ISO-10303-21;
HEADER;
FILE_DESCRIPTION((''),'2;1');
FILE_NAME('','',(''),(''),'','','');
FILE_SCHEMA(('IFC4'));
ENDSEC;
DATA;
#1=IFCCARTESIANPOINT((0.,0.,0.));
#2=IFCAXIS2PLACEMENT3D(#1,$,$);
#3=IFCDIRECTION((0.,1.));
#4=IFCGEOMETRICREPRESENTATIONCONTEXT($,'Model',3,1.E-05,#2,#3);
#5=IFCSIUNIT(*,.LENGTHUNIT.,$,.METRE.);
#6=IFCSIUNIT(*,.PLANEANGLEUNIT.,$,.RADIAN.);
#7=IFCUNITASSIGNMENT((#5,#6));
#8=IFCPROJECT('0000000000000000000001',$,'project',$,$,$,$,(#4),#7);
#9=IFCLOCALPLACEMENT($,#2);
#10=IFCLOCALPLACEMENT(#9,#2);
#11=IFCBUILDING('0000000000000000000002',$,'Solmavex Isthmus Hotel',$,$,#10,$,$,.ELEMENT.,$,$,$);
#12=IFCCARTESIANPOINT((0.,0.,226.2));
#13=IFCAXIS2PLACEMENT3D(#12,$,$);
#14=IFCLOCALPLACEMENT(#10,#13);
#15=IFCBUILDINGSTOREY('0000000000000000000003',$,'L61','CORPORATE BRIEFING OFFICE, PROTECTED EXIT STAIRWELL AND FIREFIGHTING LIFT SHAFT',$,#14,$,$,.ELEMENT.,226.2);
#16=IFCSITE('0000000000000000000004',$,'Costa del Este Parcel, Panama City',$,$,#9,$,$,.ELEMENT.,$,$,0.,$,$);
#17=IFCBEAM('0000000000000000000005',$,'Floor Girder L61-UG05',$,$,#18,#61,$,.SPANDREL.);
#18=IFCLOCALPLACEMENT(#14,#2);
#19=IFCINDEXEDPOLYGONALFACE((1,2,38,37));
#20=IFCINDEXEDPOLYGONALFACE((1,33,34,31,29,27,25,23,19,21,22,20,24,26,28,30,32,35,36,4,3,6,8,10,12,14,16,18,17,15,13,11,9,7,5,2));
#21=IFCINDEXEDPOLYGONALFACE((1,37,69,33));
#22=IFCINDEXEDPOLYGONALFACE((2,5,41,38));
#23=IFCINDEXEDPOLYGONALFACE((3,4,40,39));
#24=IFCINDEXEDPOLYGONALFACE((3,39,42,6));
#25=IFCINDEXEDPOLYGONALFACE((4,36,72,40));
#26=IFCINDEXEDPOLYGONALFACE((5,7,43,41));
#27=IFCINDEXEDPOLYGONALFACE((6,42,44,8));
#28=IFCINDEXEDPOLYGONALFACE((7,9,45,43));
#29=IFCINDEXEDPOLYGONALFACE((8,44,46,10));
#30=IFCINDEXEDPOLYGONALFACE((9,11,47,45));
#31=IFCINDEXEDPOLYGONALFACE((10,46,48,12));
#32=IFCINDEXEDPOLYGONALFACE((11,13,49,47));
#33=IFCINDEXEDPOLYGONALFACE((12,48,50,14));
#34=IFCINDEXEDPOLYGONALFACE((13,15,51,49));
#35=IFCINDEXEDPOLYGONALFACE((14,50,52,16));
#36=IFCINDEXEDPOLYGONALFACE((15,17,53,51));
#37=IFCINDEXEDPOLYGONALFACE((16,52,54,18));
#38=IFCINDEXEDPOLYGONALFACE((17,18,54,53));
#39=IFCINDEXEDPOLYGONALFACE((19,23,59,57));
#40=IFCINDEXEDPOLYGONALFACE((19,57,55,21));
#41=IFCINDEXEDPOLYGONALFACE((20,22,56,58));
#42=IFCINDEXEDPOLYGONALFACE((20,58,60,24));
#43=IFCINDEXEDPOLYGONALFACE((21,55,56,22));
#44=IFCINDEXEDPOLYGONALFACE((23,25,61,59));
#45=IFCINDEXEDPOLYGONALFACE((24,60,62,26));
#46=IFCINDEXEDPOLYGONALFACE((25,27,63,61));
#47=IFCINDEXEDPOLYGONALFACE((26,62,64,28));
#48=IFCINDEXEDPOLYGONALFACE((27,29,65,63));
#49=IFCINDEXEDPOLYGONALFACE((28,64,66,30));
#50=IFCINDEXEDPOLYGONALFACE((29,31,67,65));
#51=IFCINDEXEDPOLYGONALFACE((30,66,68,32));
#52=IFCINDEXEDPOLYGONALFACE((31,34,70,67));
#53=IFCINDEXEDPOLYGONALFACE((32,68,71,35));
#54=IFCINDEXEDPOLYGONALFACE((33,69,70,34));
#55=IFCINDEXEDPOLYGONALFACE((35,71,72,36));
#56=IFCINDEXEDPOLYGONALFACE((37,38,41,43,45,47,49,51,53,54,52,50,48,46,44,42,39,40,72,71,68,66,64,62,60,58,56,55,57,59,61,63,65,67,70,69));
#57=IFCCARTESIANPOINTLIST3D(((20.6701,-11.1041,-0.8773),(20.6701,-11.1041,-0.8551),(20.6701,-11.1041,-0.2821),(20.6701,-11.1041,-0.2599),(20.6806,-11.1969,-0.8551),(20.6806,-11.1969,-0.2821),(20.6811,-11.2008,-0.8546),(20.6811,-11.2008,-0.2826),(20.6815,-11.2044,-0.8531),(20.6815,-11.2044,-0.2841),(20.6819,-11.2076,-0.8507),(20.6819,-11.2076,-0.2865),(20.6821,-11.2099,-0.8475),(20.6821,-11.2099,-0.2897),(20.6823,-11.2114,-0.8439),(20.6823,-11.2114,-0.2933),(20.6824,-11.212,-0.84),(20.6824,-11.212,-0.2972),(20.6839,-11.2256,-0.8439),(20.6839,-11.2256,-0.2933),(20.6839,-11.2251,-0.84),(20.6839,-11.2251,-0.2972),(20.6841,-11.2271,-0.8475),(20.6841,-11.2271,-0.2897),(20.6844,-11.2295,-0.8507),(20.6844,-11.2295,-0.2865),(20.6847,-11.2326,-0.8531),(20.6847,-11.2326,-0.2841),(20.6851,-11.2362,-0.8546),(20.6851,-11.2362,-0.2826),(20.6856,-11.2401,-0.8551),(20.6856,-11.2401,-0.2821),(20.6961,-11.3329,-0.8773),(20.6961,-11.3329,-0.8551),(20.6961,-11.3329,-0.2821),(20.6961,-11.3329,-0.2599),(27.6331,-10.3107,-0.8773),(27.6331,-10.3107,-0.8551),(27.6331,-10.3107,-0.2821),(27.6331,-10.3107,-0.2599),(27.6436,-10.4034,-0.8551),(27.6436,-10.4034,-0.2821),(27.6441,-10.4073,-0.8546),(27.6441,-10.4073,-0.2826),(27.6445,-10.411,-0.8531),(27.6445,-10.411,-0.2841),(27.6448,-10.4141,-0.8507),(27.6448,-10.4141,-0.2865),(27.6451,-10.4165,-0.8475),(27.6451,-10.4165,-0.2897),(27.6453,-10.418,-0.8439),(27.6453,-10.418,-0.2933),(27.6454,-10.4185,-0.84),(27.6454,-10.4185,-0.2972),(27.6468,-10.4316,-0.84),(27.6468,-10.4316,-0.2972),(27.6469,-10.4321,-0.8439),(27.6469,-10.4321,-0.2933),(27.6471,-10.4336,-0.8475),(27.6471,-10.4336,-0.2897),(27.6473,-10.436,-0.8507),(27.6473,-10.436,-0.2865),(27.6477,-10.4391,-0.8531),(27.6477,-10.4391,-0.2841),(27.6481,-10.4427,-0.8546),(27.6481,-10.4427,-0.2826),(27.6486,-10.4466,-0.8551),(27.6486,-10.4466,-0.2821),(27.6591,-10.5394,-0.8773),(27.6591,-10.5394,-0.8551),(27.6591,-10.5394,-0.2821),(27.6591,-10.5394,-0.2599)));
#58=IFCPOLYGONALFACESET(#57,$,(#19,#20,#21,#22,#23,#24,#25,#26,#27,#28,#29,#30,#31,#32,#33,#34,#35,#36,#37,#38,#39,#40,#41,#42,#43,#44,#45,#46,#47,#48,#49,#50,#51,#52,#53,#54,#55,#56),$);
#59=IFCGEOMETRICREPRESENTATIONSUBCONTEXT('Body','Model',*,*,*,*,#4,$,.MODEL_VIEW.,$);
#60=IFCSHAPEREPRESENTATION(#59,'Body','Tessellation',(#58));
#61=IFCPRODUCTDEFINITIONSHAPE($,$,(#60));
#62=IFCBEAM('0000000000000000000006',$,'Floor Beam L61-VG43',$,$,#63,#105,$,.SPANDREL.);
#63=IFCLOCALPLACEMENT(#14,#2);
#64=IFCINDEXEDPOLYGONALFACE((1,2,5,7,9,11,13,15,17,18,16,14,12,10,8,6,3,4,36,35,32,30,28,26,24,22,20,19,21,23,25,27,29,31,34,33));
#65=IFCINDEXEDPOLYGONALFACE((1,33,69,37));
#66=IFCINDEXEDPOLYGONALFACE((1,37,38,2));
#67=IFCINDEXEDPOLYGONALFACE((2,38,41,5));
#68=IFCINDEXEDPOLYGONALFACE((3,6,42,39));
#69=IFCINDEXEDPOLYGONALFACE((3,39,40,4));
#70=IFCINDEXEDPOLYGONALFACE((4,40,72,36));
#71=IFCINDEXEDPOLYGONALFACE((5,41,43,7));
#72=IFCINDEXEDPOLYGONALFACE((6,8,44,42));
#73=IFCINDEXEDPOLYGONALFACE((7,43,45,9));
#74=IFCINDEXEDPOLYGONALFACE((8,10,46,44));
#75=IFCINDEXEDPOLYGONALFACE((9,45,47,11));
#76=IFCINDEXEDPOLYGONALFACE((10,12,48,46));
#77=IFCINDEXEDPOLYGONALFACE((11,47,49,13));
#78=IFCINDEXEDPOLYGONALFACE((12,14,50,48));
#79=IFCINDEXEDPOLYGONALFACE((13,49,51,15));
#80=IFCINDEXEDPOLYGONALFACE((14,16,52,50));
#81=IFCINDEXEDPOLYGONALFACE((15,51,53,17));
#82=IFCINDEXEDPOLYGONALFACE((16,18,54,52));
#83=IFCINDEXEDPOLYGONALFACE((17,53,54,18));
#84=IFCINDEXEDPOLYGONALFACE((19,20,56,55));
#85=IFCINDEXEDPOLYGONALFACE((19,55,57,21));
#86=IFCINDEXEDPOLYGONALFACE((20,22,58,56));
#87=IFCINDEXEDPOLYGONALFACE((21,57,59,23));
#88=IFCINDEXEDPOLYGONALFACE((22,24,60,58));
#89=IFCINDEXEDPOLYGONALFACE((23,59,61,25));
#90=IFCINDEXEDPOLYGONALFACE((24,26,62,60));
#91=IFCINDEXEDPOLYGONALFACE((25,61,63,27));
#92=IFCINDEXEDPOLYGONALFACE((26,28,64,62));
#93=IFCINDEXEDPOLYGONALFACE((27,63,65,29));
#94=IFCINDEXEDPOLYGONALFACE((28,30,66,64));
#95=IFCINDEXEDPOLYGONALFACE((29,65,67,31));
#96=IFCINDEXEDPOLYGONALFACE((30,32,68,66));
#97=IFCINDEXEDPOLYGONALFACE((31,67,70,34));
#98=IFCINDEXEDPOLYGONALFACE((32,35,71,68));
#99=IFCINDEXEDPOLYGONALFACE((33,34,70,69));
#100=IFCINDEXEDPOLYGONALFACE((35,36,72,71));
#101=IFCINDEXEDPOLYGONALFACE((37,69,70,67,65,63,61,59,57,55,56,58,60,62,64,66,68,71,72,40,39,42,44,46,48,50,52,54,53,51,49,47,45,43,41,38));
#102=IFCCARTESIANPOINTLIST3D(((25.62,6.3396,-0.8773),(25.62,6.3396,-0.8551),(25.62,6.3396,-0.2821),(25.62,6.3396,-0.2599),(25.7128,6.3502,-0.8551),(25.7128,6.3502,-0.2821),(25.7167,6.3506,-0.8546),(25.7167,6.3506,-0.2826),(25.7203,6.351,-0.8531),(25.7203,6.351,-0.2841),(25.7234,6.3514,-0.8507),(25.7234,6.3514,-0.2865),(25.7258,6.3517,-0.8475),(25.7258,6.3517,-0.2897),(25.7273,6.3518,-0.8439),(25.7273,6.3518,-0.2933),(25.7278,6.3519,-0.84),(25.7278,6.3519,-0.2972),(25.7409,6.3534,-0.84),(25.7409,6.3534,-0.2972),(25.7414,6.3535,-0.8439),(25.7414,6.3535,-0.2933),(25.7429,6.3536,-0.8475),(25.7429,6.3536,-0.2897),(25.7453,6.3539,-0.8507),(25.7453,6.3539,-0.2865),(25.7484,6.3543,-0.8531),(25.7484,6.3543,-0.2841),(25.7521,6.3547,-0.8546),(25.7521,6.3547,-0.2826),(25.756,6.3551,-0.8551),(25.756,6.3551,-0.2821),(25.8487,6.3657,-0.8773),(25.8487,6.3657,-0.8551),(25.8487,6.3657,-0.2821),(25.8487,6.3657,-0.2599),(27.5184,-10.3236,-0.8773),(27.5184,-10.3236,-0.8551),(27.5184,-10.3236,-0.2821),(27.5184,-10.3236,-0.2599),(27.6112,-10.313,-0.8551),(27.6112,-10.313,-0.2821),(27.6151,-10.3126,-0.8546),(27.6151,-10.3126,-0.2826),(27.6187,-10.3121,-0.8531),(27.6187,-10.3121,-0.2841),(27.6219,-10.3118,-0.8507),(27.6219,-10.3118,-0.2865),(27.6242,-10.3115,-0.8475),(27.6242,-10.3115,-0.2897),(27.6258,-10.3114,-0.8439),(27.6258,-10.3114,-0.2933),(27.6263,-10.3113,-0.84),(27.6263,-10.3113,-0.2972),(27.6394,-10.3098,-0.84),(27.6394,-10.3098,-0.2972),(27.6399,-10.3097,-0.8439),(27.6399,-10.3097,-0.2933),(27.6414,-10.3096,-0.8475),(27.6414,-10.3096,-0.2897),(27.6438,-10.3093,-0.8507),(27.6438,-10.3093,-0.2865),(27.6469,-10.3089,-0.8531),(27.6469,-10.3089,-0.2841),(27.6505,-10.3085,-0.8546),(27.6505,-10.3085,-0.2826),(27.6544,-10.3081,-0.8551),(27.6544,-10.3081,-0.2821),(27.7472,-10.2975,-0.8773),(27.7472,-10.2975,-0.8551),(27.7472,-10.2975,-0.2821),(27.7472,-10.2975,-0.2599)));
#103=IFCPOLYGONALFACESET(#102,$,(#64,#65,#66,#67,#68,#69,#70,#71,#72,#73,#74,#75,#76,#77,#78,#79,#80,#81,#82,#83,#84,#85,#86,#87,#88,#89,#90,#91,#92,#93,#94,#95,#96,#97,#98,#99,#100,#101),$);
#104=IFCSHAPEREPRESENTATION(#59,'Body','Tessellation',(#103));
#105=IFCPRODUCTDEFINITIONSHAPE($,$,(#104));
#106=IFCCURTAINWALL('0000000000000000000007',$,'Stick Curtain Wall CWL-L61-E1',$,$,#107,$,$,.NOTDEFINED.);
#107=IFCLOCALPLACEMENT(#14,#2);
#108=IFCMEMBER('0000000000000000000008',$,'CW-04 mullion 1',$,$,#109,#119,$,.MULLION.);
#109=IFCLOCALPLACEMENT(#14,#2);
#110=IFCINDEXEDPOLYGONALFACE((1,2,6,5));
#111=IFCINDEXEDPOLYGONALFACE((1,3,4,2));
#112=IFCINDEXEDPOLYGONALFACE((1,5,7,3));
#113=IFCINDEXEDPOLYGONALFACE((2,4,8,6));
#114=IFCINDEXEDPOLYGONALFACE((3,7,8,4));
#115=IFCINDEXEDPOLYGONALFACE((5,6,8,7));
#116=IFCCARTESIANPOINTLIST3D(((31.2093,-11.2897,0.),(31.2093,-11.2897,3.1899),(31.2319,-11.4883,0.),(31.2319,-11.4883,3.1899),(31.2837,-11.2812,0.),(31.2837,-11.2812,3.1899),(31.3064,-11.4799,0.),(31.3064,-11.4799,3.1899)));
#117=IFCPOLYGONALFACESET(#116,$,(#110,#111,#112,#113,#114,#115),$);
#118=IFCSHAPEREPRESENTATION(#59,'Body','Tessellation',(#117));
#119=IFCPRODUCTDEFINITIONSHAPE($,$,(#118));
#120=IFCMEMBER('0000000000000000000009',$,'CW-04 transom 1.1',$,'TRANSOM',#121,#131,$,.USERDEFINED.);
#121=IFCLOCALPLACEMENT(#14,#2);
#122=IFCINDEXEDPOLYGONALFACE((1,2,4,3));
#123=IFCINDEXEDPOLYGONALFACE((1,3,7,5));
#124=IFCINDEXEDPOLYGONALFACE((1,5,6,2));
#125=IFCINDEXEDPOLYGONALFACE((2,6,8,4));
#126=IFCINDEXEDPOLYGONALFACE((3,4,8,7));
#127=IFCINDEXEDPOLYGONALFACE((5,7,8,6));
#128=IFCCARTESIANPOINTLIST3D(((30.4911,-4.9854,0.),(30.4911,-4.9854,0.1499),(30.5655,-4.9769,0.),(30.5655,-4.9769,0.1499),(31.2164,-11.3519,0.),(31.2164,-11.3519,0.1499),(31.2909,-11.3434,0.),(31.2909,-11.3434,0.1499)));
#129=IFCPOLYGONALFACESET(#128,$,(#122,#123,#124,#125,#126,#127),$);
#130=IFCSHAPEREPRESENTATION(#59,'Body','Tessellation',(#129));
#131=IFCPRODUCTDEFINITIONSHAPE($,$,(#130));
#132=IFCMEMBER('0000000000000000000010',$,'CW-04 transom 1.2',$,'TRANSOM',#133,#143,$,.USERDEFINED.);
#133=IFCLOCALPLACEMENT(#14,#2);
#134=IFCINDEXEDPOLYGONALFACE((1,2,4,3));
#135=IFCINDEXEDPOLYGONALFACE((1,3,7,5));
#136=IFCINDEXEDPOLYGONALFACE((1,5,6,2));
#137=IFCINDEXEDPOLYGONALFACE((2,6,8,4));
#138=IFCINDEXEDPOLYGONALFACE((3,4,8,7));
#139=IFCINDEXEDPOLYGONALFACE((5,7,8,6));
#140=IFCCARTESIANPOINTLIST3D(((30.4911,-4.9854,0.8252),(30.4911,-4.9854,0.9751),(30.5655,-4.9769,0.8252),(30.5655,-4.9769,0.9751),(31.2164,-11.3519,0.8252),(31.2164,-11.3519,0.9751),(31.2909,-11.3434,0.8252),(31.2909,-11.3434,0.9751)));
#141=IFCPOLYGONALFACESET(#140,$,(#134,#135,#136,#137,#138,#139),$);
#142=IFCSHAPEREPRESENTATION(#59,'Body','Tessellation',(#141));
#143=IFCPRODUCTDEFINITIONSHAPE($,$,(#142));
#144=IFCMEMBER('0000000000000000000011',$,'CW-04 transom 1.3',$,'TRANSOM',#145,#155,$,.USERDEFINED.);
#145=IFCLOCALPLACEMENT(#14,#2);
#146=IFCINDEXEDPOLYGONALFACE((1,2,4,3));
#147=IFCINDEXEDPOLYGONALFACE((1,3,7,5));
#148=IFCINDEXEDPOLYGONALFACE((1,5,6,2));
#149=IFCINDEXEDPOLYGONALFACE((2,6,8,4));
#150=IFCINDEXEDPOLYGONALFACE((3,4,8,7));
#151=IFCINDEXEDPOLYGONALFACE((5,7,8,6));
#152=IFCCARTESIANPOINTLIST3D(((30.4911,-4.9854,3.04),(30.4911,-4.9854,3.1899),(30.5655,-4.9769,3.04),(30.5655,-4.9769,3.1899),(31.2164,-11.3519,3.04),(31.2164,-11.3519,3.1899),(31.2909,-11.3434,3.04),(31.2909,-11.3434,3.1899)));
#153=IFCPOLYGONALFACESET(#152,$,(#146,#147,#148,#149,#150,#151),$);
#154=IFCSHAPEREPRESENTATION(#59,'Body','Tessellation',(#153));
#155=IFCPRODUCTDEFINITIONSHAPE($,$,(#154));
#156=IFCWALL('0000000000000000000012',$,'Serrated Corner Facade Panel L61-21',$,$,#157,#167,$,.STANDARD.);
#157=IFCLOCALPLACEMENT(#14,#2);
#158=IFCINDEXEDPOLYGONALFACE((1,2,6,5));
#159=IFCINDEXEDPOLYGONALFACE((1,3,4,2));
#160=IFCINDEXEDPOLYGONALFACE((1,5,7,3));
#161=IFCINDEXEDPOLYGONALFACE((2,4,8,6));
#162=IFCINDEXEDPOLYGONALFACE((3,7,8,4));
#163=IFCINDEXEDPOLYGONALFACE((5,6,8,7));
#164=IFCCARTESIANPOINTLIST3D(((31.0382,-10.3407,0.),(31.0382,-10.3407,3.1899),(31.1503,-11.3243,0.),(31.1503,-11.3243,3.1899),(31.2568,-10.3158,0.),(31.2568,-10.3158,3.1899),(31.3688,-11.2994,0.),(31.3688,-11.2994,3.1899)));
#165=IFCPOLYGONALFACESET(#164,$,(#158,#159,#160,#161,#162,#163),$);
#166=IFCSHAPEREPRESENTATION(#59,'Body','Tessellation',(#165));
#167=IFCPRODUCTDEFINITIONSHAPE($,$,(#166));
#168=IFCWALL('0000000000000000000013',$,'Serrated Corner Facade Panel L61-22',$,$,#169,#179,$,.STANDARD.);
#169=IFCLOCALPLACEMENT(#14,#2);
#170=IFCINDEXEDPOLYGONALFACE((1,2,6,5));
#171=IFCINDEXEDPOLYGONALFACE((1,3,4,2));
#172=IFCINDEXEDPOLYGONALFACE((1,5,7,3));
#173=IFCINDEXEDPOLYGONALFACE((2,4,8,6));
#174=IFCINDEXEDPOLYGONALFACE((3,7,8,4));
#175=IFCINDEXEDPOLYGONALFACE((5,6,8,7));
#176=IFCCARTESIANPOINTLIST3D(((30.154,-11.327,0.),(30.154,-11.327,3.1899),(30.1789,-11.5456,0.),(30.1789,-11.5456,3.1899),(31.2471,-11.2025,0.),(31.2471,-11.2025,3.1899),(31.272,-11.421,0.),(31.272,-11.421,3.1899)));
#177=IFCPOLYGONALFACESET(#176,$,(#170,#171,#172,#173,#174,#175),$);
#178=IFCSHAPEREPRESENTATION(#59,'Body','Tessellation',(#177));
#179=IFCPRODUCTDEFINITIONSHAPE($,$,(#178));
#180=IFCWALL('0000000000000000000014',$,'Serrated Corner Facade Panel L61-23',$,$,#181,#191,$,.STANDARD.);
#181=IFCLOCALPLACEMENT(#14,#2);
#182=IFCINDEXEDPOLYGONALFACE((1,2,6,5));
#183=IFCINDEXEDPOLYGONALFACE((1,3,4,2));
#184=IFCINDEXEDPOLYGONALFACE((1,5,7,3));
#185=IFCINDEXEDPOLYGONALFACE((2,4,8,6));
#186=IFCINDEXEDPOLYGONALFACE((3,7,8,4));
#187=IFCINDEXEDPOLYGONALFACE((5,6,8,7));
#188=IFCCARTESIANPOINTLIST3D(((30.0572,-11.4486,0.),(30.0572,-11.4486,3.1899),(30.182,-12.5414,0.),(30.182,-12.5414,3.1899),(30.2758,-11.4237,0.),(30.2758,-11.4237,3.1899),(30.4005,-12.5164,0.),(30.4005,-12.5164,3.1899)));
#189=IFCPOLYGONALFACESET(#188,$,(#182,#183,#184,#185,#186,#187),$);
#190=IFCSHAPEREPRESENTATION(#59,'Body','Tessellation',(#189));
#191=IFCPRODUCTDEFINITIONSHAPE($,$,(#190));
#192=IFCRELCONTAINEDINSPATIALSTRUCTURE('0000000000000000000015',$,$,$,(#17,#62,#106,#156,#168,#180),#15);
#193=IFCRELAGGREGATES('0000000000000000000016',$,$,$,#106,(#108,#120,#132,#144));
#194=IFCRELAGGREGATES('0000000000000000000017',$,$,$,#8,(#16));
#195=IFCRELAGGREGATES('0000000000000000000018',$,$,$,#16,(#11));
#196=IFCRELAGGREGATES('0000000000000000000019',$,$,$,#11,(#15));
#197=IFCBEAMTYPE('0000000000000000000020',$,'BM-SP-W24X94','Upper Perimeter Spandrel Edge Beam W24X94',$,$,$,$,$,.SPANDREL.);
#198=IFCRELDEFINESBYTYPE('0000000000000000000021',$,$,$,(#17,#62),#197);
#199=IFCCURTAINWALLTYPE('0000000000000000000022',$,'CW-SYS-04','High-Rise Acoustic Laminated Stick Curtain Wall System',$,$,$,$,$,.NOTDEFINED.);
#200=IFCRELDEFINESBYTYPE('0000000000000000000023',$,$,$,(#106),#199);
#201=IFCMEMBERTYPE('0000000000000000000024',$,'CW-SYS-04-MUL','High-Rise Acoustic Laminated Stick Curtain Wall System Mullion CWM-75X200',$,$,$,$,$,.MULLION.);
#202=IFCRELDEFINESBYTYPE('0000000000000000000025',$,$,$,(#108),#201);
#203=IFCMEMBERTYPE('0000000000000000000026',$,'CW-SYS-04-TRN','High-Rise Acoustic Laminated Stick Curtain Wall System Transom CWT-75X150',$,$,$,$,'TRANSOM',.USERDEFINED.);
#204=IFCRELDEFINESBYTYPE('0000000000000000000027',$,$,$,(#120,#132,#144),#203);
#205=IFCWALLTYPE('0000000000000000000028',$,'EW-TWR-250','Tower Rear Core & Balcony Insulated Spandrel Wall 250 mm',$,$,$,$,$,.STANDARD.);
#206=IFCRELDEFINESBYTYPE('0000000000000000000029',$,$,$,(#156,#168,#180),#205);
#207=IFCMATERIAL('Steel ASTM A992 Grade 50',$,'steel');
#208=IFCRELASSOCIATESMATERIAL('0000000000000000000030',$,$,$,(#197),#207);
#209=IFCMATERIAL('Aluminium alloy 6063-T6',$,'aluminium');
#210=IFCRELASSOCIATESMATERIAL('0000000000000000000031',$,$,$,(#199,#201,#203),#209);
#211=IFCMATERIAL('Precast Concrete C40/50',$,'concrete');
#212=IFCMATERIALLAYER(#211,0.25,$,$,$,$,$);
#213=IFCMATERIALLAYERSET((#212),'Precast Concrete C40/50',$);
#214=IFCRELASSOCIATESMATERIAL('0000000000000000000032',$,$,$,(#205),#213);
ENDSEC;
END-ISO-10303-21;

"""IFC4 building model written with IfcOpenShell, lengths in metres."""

from ifc_helpers import new_model, si_unit, direction, frame, frame_2d, origin, origin_2d, place, context, subcontext, project, spatial, rectangle, i_section, extrude, material, layer, layer_set, material_profile, profile_set, type_object, element, aggregate, save


model = new_model("IFC4")

# Units and contexts
model_context = context("Model", 3, precision=1e-05, world=origin(), true_north=direction((0.0, 1.0)))
body_context = subcontext(model_context, "Body", "Model", "MODEL_VIEW")
ifc_project = project(units=[si_unit("LENGTHUNIT", "METRE"), si_unit("PLANEANGLEUNIT", "RADIAN")], contexts=[model_context])

# Site, building, storey
site_placement = place(None, origin())
site = spatial("IfcSite", under=ifc_project, at=site_placement, Name="Costa del Este Parcel, Panama City", CompositionType="ELEMENT", RefElevation=0.0)
building_placement = place(site_placement, origin())
building = spatial("IfcBuilding", under=site, at=building_placement, Name="Solmavex Isthmus Hotel", CompositionType="ELEMENT")
storey_placement = place(building_placement, frame((0.0, 0.0, 226.2)))
storey = spatial("IfcBuildingStorey", under=building, at=storey_placement, Name="L61", Description="CORPORATE BRIEFING OFFICE, PROTECTED EXIT STAIRWELL AND FIREFIGHTING LIFT SHAFT", CompositionType="ELEMENT", Elevation=226.2)

# Beams
ifc_material_1 = material(Name="Steel ASTM A992 Grade 50", Category="steel")
ifc_material_profile_1 = material_profile(ifc_material_1, i_section(OverallWidth=0.2302, OverallDepth=0.6174, WebThickness=0.0132, FlangeThickness=0.0222, FilletRadius=0.0151, at=origin_2d()), Name="W24X94")
ifc_profile_set_1 = profile_set([ifc_material_profile_1], Name="Steel ASTM A992 Grade 50")
beam_type_1 = type_object("IfcBeamType", Name="BM-SP-W24X94", Description="Upper Perimeter Spandrel Edge Beam W24X94", PredefinedType="SPANDREL", material=ifc_profile_set_1)
beam_1_placement = place(storey_placement, frame((20.6831, -11.2185, -0.5686), z_axis=(0.99357, 0.113222, 0.0), x_axis=(-0.113222, 0.99357, 0.0)))
element("IfcBeam", 1, at=beam_1_placement, inside=storey, type_object=beam_type_1, Name="Floor Girder L61-UG05", PredefinedType="SPANDREL", context=body_context, shape_type="SweptSolid", body=[
    extrude(i_section(OverallWidth=0.2302, OverallDepth=0.6174, WebThickness=0.0132, FlangeThickness=0.0222, FilletRadius=0.0151, at=origin_2d()), origin(), (0.0, 0.0, 1.0), 7.0081),
])
beam_2_placement = place(storey_placement, frame((27.6328, -10.3105, -0.5686), z_axis=(-0.113198, 0.993572, 0.0), x_axis=(-0.993572, -0.113198, 0.0)))
element("IfcBeam", 2, at=beam_2_placement, inside=storey, type_object=beam_type_1, Name="Floor Beam L61-VG43", PredefinedType="SPANDREL", context=body_context, shape_type="SweptSolid", body=[
    extrude(i_section(OverallWidth=0.2302, OverallDepth=0.6174, WebThickness=0.0132, FlangeThickness=0.0222, FilletRadius=0.0151, at=origin_2d()), origin(), (0.0, 0.0, 1.0), 16.771),
])

# Curtain wall, members
ifc_material_2 = material(Name="Aluminium alloy 6063-T6", Category="aluminium")
curtain_wall_type = type_object("IfcCurtainWallType", Name="CW-SYS-04", Description="High-Rise Acoustic Laminated Stick Curtain Wall System", PredefinedType="NOTDEFINED", material=ifc_material_2)
curtain_wall_placement = place(storey_placement, origin())
curtain_wall = element("IfcCurtainWall", 3, at=curtain_wall_placement, inside=storey, type_object=curtain_wall_type, Name="Stick Curtain Wall CWL-L61-E1", PredefinedType="NOTDEFINED")
ifc_material_profile_2 = material_profile(ifc_material_2, rectangle(XDim=0.075, YDim=0.2, at=origin_2d()), Name="CWM-75X200")
ifc_profile_set_2 = profile_set([ifc_material_profile_2], Name="Aluminium alloy 6063-T6")
member_type_1 = type_object("IfcMemberType", Name="CW-SYS-04-MUL", Description="High-Rise Acoustic Laminated Stick Curtain Wall System Mullion CWM-75X200", PredefinedType="MULLION", material=ifc_profile_set_2)
member_1_placement = place(storey_placement, frame((31.2578, -11.3848, 0.0), z_axis=(0.0, 0.0, 1.0), x_axis=(-0.993572, -0.113203, 0.0)))
member_1 = element("IfcMember", 4, at=member_1_placement, type_object=member_type_1, Name="CW-04 mullion 1", PredefinedType="MULLION", context=body_context, shape_type="SweptSolid", body=[
    extrude(rectangle(XDim=0.075, YDim=0.2, at=origin_2d()), origin(), (0.0, 0.0, 1.0), 3.1899),
])
ifc_material_profile_3 = material_profile(ifc_material_2, rectangle(XDim=0.075, YDim=0.1499, at=origin_2d()), Name="CWT-75X150")
ifc_profile_set_3 = profile_set([ifc_material_profile_3], Name="Aluminium alloy 6063-T6")
member_type_2 = type_object("IfcMemberType", Name="CW-SYS-04-TRN", Description="High-Rise Acoustic Laminated Stick Curtain Wall System Transom CWT-75X150", ElementType="TRANSOM", PredefinedType="USERDEFINED", material=ifc_profile_set_3)
member_2_placement = place(storey_placement, frame((31.2537, -11.3477, 0.075), z_axis=(-0.113199, 0.993572, 0.0), x_axis=(-0.993572, -0.113199, 0.0)))
member_2 = element("IfcMember", 5, at=member_2_placement, type_object=member_type_2, Name="CW-04 transom 1.1", ObjectType="TRANSOM", PredefinedType="USERDEFINED", context=body_context, shape_type="SweptSolid", body=[
    extrude(rectangle(XDim=0.075, YDim=0.1499, at=origin_2d()), origin(), (0.0, 0.0, 1.0), 6.4077),
])
member_3_placement = place(storey_placement, frame((31.2537, -11.3477, 0.9001), z_axis=(-0.113199, 0.993572, 0.0), x_axis=(-0.993572, -0.113199, 0.0)))
member_3 = element("IfcMember", 6, at=member_3_placement, type_object=member_type_2, Name="CW-04 transom 1.2", ObjectType="TRANSOM", PredefinedType="USERDEFINED", context=body_context, shape_type="SweptSolid", body=[
    extrude(rectangle(XDim=0.075, YDim=0.1499, at=origin_2d()), origin(), (0.0, 0.0, 1.0), 6.4077),
])
member_4_placement = place(storey_placement, frame((31.2537, -11.3477, 3.115), z_axis=(-0.113199, 0.993572, 0.0), x_axis=(-0.993572, -0.113199, 0.0)))
member_4 = element("IfcMember", 7, at=member_4_placement, type_object=member_type_2, Name="CW-04 transom 1.3", ObjectType="TRANSOM", PredefinedType="USERDEFINED", context=body_context, shape_type="SweptSolid", body=[
    extrude(rectangle(XDim=0.075, YDim=0.1499, at=origin_2d()), origin(), (0.0, 0.0, 1.0), 6.4077),
])
aggregate(curtain_wall, [member_1, member_2, member_3, member_4])

# Walls
ifc_material_3 = material(Name="Precast Concrete C40/50", Category="concrete")
ifc_layer_1 = layer(ifc_material_3, 0.25)
ifc_layer_set_1 = layer_set([ifc_layer_1], Name="Precast Concrete C40/50")
wall_type_1 = type_object("IfcWallType", Name="EW-TWR-250", Description="Tower Rear Core & Balcony Insulated Spandrel Wall 250 mm", PredefinedType="STANDARD", material=ifc_layer_set_1)
wall_1_placement = place(storey_placement, frame((31.1475, -10.3281, 0.0), z_axis=(0.0, 0.0, 1.0), x_axis=(0.113192, -0.993573, 0.0)))
element("IfcWall", 8, at=wall_1_placement, inside=storey, type_object=wall_type_1, Name="Serrated Corner Facade Panel L61-21", PredefinedType="STANDARD", context=body_context, shape_type="SweptSolid", body=[
    extrude(rectangle(XDim=0.99, YDim=0.22, at=frame_2d((0.4951, 0.0))), origin(), (0.0, 0.0, 1.0), 3.1899),
])
wall_2_placement = place(storey_placement, frame((31.2595, -11.3118, 0.0), z_axis=(0.0, 0.0, 1.0), x_axis=(-0.993574, -0.113184, 0.0)))
element("IfcWall", 9, at=wall_2_placement, inside=storey, type_object=wall_type_1, Name="Serrated Corner Facade Panel L61-22", PredefinedType="STANDARD", context=body_context, shape_type="SweptSolid", body=[
    extrude(rectangle(XDim=1.1001, YDim=0.22, at=frame_2d((0.55, 0.0))), origin(), (0.0, 0.0, 1.0), 3.1899),
])
wall_3_placement = place(storey_placement, frame((30.1665, -11.4363, 0.0), z_axis=(0.0, 0.0, 1.0), x_axis=(0.113428, -0.993546, 0.0)))
element("IfcWall", 10, at=wall_3_placement, inside=storey, type_object=wall_type_1, Name="Serrated Corner Facade Panel L61-23", PredefinedType="STANDARD", context=body_context, shape_type="SweptSolid", body=[
    extrude(rectangle(XDim=1.0999, YDim=0.22, at=frame_2d((0.5498, 0.0))), origin(), (0.0, 0.0, 1.0), 3.1899),
])

save(model, "model.ifc")
